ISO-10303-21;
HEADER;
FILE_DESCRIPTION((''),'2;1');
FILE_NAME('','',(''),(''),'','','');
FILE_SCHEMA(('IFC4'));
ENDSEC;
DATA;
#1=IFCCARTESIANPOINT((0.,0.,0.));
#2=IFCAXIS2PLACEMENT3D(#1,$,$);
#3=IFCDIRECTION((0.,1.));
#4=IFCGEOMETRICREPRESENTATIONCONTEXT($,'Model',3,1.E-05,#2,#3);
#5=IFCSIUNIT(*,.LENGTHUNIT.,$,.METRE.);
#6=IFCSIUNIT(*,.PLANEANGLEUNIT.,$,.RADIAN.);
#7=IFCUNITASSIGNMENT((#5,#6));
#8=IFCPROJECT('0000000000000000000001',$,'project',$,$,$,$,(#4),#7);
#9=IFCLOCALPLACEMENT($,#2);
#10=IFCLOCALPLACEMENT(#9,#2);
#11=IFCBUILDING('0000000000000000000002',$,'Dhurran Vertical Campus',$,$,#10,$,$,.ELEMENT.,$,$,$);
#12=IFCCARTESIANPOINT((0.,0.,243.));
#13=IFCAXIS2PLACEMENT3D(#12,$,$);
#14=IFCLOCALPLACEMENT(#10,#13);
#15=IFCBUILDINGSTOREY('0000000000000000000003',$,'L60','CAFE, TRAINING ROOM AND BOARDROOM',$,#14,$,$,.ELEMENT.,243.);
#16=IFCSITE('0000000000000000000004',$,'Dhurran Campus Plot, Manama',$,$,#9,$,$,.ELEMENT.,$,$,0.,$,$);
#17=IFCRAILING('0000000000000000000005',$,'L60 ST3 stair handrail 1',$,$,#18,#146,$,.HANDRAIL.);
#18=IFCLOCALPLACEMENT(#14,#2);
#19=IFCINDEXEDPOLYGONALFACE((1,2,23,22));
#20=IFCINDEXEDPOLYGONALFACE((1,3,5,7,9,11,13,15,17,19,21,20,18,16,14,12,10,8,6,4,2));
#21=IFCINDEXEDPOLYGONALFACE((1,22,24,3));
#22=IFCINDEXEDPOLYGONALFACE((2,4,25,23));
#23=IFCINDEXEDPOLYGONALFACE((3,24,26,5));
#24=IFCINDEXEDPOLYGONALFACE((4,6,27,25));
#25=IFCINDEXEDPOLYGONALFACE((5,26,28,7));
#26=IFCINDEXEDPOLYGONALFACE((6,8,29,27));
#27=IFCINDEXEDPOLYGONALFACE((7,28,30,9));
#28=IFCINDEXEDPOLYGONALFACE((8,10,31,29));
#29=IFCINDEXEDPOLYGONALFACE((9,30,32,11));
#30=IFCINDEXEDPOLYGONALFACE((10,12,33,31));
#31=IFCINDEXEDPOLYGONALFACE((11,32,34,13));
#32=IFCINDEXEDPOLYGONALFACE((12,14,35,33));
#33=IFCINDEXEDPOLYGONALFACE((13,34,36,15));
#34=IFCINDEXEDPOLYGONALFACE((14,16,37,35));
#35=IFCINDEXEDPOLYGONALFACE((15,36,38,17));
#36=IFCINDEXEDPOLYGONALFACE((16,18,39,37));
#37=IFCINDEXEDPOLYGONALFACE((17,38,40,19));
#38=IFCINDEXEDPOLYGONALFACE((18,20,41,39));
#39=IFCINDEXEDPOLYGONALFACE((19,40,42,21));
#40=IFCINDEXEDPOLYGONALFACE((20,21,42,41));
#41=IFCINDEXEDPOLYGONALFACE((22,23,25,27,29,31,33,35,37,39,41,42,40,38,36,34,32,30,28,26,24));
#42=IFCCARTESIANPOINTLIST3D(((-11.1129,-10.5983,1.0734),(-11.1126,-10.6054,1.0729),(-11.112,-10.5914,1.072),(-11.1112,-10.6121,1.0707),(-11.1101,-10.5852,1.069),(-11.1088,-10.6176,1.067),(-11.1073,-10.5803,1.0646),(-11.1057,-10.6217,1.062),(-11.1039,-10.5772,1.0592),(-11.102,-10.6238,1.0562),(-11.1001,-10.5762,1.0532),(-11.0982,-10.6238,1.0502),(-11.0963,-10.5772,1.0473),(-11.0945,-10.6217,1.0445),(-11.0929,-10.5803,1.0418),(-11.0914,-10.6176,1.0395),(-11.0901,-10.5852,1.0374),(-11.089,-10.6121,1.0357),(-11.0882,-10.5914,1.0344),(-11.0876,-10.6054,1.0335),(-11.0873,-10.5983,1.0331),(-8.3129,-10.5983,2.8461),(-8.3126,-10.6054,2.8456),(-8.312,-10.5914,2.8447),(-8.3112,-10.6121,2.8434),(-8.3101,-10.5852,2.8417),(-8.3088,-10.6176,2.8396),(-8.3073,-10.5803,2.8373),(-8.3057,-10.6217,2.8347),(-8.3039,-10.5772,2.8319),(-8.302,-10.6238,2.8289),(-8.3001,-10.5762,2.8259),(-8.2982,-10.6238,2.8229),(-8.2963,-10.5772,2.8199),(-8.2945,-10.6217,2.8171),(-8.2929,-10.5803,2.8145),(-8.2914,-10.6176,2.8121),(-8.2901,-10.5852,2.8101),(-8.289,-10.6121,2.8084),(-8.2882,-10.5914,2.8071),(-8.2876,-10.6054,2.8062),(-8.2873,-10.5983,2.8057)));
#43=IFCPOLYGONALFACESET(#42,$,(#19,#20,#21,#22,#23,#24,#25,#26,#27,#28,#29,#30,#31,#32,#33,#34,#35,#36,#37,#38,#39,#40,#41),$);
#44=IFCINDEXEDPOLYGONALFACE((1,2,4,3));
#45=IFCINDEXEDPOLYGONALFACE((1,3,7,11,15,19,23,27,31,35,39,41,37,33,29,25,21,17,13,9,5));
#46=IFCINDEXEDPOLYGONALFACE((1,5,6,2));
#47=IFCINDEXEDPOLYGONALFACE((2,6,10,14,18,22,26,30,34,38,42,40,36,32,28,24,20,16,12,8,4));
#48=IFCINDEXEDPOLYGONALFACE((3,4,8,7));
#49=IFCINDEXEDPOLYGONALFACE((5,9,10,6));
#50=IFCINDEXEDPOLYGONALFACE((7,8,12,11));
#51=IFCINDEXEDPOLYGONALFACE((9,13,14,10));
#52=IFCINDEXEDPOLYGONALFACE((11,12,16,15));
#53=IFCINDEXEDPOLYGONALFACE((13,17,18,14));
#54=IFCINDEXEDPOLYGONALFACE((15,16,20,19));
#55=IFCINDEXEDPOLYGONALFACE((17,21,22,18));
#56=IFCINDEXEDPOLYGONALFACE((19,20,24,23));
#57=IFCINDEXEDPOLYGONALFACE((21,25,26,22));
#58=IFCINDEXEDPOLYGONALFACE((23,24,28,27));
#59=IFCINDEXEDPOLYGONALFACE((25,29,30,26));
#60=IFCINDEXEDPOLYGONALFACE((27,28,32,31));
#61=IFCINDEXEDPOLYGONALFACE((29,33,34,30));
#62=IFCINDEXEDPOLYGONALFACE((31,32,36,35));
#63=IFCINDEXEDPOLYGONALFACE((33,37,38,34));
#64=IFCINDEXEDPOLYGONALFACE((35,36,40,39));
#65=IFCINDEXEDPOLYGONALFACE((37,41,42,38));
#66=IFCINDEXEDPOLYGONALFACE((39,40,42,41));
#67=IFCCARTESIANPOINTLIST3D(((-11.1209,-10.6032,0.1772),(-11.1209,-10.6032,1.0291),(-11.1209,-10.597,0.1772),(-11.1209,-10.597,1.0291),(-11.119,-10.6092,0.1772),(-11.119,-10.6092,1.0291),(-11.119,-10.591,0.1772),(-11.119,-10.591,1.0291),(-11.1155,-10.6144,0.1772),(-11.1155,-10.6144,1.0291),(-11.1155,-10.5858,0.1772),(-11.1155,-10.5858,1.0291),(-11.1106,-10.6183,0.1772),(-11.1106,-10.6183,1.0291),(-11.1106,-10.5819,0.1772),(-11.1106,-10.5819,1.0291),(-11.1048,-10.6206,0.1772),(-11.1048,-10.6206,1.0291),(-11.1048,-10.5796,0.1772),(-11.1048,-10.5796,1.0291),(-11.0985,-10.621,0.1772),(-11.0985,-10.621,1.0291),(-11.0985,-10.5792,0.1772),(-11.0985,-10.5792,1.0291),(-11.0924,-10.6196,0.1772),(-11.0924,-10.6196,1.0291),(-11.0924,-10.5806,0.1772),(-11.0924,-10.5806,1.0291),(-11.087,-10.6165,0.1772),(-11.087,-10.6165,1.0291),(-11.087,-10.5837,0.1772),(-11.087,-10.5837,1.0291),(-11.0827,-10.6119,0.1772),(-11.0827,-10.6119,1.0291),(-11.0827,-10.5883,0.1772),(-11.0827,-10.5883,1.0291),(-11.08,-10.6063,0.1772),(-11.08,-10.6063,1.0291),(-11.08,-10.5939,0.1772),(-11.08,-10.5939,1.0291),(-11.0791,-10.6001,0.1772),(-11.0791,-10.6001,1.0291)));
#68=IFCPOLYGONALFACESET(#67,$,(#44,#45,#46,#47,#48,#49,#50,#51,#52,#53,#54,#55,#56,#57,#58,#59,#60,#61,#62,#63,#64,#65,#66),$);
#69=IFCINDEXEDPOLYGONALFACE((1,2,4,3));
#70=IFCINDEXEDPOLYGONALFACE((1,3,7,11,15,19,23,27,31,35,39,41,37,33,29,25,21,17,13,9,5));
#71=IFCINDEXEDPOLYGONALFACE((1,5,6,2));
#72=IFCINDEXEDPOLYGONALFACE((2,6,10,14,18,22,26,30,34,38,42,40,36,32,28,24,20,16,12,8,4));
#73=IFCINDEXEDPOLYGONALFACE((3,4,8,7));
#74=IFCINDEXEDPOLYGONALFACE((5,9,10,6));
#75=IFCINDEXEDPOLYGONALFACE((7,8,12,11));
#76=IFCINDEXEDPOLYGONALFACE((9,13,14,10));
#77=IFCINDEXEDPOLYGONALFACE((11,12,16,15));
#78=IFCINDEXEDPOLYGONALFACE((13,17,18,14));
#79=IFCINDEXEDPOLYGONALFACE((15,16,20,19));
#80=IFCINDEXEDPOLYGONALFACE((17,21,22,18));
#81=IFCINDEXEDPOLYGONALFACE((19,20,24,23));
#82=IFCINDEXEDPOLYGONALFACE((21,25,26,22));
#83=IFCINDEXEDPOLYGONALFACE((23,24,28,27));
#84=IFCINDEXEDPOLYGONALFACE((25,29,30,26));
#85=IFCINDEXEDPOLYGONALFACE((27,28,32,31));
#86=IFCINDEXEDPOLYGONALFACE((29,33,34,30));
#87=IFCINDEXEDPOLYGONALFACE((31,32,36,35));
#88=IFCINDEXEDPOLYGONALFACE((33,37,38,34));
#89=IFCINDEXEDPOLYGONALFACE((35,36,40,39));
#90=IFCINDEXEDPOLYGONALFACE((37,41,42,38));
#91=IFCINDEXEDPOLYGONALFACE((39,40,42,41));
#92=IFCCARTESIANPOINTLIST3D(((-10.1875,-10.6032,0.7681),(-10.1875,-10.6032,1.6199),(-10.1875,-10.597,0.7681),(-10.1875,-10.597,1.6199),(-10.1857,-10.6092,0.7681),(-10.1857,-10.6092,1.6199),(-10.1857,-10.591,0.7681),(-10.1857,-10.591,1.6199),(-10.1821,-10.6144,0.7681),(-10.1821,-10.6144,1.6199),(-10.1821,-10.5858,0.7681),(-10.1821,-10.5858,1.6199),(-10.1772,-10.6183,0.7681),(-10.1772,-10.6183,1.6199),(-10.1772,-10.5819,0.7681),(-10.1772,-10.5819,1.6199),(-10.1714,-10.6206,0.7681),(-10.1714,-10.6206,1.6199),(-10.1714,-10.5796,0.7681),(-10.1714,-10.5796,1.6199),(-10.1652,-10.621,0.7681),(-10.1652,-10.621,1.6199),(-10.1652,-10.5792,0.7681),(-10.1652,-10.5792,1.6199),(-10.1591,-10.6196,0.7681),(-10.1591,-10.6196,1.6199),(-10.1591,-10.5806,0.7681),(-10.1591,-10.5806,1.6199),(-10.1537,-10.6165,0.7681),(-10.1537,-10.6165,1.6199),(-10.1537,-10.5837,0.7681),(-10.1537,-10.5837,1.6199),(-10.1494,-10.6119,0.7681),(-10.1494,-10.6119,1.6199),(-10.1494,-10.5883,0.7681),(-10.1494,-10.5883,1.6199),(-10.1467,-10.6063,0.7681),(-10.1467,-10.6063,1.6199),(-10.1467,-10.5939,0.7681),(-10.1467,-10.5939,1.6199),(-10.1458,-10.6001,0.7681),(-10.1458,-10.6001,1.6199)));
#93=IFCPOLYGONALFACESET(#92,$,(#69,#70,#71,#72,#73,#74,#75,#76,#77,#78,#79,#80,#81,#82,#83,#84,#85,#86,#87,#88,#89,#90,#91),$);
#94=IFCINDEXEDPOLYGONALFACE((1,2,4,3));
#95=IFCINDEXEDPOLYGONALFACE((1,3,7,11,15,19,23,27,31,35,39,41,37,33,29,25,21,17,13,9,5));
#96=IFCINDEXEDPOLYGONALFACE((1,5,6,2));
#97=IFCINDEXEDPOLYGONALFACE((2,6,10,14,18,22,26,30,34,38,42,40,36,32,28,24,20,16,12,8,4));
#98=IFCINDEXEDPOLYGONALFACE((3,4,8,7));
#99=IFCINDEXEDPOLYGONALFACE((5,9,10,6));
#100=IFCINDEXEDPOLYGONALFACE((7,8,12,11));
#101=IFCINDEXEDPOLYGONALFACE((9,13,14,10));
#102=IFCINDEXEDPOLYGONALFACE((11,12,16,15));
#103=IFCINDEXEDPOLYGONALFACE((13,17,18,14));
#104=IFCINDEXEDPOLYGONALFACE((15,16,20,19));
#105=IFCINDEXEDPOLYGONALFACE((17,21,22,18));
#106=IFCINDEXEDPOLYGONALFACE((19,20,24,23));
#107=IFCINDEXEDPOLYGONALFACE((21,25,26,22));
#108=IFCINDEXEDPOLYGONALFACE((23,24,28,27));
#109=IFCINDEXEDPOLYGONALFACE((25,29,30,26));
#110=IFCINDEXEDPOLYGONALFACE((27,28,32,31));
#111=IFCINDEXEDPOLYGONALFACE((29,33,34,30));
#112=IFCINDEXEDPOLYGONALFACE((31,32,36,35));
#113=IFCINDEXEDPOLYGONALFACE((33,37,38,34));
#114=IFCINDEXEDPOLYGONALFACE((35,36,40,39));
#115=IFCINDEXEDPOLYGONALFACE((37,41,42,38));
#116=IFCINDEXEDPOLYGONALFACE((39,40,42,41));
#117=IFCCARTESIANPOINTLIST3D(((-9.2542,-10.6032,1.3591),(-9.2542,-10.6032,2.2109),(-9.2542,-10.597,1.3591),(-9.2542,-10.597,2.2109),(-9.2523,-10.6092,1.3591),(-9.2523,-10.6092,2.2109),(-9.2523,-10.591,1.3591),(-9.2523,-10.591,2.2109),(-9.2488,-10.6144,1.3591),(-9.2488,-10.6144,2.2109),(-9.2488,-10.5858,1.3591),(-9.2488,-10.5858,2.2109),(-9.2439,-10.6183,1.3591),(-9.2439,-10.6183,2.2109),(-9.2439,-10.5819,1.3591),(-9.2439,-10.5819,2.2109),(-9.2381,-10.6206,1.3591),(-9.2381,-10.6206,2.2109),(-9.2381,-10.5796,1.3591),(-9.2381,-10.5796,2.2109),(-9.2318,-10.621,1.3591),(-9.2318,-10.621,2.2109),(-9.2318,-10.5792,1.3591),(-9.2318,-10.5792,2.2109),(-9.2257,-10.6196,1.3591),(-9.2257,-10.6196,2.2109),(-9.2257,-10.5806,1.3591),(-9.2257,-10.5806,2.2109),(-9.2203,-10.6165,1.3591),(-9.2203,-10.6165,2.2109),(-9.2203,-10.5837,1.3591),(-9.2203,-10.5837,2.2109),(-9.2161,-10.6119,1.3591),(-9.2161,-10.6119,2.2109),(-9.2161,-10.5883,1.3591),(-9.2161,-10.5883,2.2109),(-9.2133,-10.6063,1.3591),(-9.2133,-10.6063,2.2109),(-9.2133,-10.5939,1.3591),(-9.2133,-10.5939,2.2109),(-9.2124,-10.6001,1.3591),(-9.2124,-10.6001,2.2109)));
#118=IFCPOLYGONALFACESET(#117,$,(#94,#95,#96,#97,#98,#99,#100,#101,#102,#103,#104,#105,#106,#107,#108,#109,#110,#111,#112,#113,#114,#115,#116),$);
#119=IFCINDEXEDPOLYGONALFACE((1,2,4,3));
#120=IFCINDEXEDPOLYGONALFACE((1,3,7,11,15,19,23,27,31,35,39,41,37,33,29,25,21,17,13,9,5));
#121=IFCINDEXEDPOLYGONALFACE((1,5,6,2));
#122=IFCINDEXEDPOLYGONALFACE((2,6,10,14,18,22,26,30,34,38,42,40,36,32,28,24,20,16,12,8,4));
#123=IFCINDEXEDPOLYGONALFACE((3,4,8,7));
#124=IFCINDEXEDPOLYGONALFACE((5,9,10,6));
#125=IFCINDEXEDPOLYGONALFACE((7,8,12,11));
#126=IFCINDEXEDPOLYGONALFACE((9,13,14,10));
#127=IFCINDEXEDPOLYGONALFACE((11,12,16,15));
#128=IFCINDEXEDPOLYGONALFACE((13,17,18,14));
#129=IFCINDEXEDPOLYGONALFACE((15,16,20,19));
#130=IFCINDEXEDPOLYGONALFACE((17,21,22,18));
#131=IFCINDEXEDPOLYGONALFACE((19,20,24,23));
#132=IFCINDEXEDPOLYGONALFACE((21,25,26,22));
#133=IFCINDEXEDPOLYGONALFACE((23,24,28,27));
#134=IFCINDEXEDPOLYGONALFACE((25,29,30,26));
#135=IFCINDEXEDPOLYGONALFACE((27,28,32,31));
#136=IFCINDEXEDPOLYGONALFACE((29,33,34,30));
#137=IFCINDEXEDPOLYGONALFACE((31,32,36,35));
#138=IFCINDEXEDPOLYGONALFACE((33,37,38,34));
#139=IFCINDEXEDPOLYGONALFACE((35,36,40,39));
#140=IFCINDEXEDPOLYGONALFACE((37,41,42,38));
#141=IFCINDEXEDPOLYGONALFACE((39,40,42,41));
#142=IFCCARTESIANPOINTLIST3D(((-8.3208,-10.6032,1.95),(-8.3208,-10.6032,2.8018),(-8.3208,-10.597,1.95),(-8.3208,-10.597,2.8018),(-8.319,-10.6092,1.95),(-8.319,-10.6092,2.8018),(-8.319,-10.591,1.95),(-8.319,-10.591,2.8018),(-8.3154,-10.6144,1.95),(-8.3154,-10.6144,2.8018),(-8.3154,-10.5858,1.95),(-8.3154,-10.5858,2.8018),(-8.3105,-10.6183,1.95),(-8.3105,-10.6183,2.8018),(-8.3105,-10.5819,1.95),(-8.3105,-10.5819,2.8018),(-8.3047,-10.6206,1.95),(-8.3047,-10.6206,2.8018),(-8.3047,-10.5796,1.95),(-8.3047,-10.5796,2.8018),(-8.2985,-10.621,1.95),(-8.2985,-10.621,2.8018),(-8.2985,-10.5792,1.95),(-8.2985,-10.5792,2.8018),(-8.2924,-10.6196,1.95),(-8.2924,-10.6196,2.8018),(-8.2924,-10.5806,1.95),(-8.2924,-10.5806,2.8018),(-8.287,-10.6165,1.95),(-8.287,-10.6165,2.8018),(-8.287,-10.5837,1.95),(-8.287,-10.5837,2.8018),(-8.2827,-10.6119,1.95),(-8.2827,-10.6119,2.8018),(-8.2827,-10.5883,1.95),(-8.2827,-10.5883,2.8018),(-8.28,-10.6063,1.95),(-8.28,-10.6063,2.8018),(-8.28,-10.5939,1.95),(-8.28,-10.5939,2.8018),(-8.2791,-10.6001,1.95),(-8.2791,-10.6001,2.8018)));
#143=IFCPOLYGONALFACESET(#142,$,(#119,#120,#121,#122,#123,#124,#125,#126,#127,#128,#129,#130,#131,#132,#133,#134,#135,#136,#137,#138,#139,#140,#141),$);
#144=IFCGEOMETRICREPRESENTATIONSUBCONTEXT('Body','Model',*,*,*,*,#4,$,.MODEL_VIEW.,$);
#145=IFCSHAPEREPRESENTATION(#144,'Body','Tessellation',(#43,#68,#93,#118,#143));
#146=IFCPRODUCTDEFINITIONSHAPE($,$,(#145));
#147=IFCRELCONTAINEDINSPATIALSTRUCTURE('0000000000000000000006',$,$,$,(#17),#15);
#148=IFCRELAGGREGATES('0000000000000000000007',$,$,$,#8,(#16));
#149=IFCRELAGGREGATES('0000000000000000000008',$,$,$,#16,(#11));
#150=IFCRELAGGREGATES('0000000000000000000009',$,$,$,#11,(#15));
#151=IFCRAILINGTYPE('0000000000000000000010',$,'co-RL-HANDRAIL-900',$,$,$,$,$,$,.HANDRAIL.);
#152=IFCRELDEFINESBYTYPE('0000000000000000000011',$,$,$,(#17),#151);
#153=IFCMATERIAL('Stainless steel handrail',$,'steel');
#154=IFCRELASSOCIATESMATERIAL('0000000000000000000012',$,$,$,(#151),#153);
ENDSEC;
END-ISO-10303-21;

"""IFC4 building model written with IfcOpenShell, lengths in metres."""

from ifc_helpers import new_model, si_unit, direction, frame, origin, origin_2d, place, context, subcontext, project, spatial, circle, extrude, material, type_object, element, save


model = new_model("IFC4")

# Units and contexts
model_context = context("Model", 3, precision=1e-05, world=origin(), true_north=direction((0.0, 1.0)))
body_context = subcontext(model_context, "Body", "Model", "MODEL_VIEW")
ifc_project = project(units=[si_unit("LENGTHUNIT", "METRE"), si_unit("PLANEANGLEUNIT", "RADIAN")], contexts=[model_context])

# Site, building, storey
site_placement = place(None, origin())
site = spatial("IfcSite", under=ifc_project, at=site_placement, Name="Dhurran Campus Plot, Manama", CompositionType="ELEMENT", RefElevation=0.0)
building_placement = place(site_placement, origin())
building = spatial("IfcBuilding", under=site, at=building_placement, Name="Dhurran Vertical Campus", CompositionType="ELEMENT")
storey_placement = place(building_placement, frame((0.0, 0.0, 243.0)))
storey = spatial("IfcBuildingStorey", under=building, at=storey_placement, Name="L60", Description="CAFE, TRAINING ROOM AND BOARDROOM", CompositionType="ELEMENT", Elevation=243.0)

# Railing
ifc_material_1 = material(Name="Stainless steel handrail", Category="steel")
railing_type = type_object("IfcRailingType", Name="co-RL-HANDRAIL-900", PredefinedType="HANDRAIL", material=ifc_material_1)
railing_placement = place(storey_placement, frame((-11.1001, -10.6001, 0.1772)))
element("IfcRailing", 1, at=railing_placement, inside=storey, type_object=railing_type, Name="L60 ST3 stair handrail 1", PredefinedType="HANDRAIL", context=body_context, shape_type="SweptSolid", body=[
    extrude(circle(Radius=0.0239, at=origin_2d()), frame((0.0, 0.0, 0.876), z_axis=(0.844909, 0.0, 0.53491), x_axis=(0.0, 1.0, 0.0)), (0.0, 0.0, 1.0), 3.314),
    extrude(circle(Radius=0.021, at=origin_2d()), origin(), (0.0, 0.0, 1.0), 0.8518),
    extrude(circle(Radius=0.021, at=origin_2d()), frame((0.9333, 0.0, 0.5908)), (0.0, 0.0, 1.0), 0.8518),
    extrude(circle(Radius=0.021, at=origin_2d()), frame((1.8667, 0.0, 1.1819)), (0.0, 0.0, 1.0), 0.8518),
    extrude(circle(Radius=0.021, at=origin_2d()), frame((2.8, 0.0, 1.7727)), (0.0, 0.0, 1.0), 0.8518),
])

save(model, "model.ifc")
